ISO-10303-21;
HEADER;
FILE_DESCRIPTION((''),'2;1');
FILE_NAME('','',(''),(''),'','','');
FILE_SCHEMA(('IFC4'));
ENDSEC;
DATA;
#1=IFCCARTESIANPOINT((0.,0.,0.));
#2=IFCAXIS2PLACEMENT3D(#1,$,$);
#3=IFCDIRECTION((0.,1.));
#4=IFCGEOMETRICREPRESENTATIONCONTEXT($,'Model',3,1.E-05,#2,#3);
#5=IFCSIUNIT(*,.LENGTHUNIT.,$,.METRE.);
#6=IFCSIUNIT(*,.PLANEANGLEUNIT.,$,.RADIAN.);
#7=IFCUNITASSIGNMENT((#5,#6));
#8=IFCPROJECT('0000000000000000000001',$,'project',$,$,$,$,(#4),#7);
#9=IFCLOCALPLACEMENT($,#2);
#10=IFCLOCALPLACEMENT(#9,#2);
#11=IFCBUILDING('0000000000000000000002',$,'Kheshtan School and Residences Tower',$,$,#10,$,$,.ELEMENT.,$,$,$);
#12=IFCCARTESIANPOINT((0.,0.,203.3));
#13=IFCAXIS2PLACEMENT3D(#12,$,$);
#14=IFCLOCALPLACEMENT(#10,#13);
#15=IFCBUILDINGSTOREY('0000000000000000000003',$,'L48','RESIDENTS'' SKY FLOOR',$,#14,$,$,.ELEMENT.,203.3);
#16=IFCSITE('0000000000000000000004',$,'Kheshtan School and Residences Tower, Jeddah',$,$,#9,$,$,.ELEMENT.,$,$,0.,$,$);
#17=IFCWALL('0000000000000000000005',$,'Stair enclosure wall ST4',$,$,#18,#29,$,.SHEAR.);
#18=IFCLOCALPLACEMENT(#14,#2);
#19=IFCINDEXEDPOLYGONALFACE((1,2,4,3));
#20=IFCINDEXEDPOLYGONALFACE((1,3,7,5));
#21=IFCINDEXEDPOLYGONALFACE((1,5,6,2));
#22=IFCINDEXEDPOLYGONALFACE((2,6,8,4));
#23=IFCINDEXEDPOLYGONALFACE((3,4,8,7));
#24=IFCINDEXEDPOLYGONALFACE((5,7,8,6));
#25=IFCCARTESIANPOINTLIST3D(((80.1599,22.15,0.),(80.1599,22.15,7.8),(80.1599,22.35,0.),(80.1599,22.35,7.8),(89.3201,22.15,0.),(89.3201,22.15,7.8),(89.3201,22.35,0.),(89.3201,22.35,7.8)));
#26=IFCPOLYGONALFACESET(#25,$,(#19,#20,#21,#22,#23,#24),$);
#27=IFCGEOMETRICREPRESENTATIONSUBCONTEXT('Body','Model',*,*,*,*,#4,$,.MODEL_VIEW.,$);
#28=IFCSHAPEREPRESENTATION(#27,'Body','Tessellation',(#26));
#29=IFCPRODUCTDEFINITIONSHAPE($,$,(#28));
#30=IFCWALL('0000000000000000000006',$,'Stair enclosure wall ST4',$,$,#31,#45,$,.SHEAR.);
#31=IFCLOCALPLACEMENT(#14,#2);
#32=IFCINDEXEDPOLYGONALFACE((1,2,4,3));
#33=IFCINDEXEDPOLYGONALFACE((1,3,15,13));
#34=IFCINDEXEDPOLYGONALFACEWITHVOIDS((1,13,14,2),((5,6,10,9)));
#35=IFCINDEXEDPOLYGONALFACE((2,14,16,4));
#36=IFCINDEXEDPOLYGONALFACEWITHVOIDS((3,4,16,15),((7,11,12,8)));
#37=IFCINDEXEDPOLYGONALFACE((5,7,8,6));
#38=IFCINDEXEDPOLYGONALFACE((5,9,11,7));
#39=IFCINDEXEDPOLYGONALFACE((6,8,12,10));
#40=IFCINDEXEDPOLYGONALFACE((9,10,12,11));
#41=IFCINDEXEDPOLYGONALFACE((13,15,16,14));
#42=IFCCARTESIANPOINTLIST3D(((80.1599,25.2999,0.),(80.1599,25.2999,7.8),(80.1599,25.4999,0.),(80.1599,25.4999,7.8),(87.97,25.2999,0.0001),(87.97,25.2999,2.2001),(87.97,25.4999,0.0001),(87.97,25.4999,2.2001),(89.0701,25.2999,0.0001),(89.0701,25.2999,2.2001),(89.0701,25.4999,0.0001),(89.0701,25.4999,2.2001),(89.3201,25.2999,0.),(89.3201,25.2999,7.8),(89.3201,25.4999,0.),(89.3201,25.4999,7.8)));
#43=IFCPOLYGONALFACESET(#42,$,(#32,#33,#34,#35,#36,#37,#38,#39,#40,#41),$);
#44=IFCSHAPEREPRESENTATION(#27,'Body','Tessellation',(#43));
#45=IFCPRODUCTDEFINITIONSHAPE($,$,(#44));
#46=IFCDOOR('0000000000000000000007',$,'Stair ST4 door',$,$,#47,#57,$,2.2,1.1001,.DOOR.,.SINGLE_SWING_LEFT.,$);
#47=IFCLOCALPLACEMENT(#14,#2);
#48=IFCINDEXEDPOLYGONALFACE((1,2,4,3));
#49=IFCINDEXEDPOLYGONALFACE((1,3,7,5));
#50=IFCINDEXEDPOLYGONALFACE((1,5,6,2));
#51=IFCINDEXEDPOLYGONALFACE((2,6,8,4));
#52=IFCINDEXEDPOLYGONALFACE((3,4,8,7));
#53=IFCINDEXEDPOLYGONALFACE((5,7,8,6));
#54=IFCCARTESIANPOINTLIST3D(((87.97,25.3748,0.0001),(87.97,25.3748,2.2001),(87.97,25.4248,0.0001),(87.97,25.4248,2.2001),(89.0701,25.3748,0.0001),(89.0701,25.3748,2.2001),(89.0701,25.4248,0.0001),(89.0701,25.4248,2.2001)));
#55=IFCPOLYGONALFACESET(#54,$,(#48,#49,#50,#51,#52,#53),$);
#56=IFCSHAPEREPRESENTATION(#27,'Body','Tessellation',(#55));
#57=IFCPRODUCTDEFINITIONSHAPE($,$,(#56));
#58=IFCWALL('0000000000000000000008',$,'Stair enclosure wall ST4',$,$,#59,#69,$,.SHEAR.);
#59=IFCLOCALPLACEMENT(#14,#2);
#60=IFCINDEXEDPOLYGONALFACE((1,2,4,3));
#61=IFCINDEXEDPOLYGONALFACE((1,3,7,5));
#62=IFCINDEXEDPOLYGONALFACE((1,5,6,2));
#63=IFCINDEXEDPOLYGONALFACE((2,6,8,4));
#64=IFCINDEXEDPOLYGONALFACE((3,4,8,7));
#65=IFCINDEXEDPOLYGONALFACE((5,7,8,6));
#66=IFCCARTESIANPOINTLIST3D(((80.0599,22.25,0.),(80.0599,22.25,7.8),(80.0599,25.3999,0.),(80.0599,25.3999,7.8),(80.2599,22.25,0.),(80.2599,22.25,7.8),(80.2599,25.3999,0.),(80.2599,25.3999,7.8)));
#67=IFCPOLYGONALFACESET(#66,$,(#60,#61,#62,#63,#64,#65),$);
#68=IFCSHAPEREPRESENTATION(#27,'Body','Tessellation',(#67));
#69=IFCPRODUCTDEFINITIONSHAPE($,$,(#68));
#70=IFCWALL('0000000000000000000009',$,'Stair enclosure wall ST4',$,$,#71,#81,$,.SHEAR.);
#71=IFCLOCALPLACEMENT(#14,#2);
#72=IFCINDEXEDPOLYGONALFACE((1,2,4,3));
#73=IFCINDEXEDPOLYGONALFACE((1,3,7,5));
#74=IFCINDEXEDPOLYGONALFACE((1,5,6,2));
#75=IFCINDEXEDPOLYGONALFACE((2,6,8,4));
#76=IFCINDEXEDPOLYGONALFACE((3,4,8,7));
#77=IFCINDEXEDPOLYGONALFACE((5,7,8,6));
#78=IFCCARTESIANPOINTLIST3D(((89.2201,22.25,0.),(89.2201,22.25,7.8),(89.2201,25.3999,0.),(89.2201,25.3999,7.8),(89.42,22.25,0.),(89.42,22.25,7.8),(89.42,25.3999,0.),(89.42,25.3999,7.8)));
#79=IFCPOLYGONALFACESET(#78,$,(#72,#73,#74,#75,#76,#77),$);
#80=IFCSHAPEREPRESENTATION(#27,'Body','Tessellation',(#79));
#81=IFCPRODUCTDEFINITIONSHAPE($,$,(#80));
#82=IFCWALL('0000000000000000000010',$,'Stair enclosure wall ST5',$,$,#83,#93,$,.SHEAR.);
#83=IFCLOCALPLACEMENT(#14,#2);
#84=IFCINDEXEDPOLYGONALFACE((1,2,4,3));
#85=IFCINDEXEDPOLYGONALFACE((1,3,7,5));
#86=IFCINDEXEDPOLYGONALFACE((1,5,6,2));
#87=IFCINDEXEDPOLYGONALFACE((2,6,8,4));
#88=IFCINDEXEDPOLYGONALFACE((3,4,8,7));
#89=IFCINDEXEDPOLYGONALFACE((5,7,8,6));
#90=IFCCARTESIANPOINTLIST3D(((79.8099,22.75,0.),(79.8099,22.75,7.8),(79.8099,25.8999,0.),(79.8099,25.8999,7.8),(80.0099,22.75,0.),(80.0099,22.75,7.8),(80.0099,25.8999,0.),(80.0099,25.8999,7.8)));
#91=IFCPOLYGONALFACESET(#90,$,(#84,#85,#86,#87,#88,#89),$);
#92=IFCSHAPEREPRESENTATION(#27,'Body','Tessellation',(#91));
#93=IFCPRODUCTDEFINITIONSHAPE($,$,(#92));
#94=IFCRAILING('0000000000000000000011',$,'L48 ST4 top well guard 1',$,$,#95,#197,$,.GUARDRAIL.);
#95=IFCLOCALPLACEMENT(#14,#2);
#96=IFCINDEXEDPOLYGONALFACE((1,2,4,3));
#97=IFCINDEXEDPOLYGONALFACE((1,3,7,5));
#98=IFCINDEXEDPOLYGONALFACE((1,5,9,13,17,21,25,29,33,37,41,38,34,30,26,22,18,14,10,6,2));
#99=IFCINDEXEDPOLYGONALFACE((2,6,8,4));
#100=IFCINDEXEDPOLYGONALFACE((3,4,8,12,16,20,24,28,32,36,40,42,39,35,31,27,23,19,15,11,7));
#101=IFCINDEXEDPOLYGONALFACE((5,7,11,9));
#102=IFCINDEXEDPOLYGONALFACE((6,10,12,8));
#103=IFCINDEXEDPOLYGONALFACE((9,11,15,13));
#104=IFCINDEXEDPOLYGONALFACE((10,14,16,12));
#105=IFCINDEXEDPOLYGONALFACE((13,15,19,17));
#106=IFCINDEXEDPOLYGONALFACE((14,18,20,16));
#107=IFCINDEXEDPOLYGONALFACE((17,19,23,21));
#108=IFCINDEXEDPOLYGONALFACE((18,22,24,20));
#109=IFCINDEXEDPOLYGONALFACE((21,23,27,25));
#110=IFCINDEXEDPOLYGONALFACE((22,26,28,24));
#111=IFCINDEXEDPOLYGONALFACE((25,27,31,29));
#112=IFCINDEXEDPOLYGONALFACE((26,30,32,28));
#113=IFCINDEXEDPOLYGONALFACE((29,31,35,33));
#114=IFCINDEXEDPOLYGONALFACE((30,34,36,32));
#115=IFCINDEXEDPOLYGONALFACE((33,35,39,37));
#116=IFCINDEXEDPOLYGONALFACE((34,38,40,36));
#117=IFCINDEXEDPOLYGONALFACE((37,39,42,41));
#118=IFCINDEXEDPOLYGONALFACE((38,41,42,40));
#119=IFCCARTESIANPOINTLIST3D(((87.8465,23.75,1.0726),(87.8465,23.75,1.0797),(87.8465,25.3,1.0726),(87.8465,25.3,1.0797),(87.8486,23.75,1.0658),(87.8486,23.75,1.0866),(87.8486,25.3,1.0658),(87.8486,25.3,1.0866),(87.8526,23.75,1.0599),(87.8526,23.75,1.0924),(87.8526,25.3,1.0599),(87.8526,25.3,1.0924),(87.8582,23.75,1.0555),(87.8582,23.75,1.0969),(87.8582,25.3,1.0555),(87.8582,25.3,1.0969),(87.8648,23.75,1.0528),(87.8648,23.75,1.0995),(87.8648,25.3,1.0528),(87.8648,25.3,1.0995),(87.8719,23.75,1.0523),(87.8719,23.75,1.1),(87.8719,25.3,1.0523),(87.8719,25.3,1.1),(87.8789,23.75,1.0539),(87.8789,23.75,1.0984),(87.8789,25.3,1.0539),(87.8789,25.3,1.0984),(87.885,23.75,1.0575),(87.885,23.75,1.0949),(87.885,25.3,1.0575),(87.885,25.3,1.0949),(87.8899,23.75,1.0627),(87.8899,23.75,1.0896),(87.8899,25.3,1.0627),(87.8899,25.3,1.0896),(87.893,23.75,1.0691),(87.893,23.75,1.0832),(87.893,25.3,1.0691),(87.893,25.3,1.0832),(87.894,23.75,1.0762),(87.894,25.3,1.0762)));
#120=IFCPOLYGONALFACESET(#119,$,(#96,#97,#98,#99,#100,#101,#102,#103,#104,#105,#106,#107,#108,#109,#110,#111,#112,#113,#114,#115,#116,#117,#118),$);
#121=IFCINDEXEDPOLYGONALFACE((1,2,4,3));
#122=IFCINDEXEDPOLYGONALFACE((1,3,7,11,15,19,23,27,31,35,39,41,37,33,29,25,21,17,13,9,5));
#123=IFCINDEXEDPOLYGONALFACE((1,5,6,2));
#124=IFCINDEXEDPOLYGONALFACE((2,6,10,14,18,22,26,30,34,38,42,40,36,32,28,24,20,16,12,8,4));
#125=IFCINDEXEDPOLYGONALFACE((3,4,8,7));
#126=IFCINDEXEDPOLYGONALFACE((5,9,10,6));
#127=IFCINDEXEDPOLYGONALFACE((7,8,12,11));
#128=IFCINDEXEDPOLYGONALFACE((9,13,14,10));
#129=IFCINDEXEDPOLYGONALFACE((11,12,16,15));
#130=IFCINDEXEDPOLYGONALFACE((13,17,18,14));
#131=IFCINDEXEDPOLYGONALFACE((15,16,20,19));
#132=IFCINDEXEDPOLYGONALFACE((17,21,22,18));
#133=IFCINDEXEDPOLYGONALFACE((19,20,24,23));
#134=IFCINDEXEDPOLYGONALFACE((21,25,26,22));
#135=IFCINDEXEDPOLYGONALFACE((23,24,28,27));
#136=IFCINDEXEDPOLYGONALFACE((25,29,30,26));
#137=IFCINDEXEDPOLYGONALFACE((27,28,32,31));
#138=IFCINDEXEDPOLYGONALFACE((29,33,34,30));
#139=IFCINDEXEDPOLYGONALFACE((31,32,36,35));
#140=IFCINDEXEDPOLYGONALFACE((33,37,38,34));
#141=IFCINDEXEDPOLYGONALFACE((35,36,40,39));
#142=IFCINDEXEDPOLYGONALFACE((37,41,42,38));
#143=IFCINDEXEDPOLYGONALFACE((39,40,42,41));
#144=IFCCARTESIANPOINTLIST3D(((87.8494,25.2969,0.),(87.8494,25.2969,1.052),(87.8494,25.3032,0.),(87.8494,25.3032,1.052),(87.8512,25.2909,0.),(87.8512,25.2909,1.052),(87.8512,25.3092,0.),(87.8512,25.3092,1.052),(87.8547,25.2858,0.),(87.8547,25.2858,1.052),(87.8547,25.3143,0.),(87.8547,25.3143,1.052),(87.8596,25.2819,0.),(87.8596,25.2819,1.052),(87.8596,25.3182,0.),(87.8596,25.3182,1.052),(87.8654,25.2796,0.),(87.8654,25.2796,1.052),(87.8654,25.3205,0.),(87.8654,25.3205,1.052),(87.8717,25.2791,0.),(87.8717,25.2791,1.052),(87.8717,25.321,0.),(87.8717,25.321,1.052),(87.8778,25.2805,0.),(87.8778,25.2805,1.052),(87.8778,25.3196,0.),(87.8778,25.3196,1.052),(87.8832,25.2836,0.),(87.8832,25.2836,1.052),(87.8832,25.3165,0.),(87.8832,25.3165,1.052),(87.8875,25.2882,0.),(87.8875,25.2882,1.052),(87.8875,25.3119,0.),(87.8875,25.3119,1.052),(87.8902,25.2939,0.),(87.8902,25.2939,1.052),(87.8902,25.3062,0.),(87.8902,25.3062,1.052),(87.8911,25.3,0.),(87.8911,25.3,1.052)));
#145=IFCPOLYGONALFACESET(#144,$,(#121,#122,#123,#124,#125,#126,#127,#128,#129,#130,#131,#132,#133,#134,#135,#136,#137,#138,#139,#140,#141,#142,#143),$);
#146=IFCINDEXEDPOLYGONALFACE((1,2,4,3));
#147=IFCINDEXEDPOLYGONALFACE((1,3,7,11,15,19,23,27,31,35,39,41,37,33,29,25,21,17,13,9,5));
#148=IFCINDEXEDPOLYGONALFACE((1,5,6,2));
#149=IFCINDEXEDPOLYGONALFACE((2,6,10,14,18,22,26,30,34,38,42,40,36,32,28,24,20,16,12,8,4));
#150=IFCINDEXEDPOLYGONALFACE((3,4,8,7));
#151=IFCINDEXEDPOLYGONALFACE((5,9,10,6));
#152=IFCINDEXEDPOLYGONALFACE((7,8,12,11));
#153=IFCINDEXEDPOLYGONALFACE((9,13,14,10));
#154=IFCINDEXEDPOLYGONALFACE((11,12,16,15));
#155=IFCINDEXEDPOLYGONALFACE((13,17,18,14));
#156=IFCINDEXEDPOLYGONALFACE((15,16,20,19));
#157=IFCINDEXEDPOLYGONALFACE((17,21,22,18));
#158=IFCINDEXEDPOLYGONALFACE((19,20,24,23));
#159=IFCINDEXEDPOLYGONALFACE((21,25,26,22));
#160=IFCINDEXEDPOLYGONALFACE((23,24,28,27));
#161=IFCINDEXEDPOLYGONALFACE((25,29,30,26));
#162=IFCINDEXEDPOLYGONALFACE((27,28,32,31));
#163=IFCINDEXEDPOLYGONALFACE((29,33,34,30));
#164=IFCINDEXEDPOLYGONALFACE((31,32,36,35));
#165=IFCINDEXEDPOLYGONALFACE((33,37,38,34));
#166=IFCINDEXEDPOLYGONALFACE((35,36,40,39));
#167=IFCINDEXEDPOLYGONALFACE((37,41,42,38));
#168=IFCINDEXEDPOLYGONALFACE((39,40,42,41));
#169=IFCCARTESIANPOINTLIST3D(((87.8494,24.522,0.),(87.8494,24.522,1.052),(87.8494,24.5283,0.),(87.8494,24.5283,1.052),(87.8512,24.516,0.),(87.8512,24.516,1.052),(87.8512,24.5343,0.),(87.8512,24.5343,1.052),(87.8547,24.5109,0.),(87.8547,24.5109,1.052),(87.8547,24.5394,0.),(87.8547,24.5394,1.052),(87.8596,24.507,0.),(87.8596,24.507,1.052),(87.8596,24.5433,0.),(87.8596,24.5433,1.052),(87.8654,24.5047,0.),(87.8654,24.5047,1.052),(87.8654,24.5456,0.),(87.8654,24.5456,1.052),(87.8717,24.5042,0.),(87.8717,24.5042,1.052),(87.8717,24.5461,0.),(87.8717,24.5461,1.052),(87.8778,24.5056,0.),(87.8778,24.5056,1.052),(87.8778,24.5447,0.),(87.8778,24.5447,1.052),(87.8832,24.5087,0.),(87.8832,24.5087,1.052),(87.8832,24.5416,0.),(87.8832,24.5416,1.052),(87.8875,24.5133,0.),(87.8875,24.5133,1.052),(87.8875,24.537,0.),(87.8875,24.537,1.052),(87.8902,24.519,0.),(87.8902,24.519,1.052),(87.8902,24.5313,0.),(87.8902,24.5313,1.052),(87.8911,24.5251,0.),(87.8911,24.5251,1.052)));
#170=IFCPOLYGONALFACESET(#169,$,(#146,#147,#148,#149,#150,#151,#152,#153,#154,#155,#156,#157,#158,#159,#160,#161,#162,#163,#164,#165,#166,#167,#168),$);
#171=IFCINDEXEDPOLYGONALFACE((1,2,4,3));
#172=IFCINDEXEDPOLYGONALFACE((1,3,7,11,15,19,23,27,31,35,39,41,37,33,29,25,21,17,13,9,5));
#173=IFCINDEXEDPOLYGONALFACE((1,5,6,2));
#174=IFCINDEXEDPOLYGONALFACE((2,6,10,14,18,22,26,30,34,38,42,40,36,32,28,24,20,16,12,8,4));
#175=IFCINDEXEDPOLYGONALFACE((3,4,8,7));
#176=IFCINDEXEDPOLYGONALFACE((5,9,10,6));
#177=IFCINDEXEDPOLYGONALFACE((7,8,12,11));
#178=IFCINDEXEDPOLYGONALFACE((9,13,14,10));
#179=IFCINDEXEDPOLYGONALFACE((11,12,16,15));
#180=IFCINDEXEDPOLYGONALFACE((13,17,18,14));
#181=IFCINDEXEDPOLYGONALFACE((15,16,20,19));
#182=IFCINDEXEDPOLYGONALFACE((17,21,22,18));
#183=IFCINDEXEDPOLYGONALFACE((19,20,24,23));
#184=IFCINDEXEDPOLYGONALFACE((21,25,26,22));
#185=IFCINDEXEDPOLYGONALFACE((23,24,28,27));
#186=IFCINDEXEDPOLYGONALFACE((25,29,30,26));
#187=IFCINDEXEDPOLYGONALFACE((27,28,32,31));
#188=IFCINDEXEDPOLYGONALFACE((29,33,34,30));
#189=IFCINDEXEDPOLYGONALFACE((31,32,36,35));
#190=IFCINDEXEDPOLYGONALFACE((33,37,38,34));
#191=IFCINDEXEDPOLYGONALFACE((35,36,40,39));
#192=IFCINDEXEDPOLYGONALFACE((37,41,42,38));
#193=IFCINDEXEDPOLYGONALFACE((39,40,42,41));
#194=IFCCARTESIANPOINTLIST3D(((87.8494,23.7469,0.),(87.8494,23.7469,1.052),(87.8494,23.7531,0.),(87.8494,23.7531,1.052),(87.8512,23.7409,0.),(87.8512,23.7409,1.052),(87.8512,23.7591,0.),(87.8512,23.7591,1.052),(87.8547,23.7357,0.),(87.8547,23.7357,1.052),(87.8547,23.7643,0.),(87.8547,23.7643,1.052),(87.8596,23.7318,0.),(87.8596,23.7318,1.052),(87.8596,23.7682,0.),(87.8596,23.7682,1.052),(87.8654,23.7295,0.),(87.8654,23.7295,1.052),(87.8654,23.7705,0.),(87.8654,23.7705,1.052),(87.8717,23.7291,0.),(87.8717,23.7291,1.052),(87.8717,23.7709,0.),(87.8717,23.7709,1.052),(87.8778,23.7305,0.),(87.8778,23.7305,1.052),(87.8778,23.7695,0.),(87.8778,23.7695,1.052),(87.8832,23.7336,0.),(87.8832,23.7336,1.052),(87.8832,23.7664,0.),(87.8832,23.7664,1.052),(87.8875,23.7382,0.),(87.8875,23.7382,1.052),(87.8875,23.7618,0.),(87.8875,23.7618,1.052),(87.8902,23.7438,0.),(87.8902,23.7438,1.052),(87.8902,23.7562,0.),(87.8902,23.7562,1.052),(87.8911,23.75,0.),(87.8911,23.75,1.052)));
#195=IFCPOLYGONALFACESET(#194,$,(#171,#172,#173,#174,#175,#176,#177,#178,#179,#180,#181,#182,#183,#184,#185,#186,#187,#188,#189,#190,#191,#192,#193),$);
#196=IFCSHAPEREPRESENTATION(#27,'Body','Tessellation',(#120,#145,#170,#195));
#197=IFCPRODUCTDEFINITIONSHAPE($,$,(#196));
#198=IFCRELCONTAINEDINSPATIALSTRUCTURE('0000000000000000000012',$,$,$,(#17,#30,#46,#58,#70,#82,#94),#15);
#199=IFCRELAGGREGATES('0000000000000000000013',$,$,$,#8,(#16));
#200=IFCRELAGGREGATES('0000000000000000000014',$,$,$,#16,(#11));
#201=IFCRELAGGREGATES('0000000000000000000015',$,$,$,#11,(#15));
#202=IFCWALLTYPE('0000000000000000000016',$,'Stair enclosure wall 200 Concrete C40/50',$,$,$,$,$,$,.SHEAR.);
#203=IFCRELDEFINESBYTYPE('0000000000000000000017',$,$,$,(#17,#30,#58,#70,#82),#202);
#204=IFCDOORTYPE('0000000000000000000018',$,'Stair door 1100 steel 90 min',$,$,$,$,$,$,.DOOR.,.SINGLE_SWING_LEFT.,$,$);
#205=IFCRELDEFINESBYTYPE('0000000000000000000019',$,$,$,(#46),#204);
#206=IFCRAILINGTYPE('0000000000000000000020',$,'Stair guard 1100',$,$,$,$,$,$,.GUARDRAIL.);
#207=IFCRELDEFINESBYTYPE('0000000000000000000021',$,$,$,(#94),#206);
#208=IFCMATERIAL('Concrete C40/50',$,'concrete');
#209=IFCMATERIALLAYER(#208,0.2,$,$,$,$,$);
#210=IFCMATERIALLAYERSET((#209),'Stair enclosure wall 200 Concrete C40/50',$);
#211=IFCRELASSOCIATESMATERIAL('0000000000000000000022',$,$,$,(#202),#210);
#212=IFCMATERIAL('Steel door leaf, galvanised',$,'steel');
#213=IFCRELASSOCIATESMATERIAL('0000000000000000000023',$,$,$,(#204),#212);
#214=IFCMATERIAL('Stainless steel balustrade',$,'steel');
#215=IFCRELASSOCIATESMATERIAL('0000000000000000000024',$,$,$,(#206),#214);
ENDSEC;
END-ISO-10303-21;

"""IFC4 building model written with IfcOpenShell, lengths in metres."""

from ifc_helpers import new_model, si_unit, direction, frame, frame_2d, origin, origin_2d, place, context, subcontext, project, spatial, rectangle, circle, extrude, source, transform, mapped, material, layer, layer_set, type_object, element, fill, save


model = new_model("IFC4")

# Units and contexts
model_context = context("Model", 3, precision=1e-05, world=origin(), true_north=direction((0.0, 1.0)))
body_context = subcontext(model_context, "Body", "Model", "MODEL_VIEW")
ifc_project = project(units=[si_unit("LENGTHUNIT", "METRE"), si_unit("PLANEANGLEUNIT", "RADIAN")], contexts=[model_context])

# Site, building, storey
site_placement = place(None, origin())
site = spatial("IfcSite", under=ifc_project, at=site_placement, Name="Kheshtan School and Residences Tower, Jeddah", CompositionType="ELEMENT", RefElevation=0.0)
building_placement = place(site_placement, origin())
building = spatial("IfcBuilding", under=site, at=building_placement, Name="Kheshtan School and Residences Tower", CompositionType="ELEMENT")
storey_placement = place(building_placement, frame((0.0, 0.0, 203.3)))
storey = spatial("IfcBuildingStorey", under=building, at=storey_placement, Name="L48", Description="RESIDENTS' SKY FLOOR", CompositionType="ELEMENT", Elevation=203.3)

# Shared definitions
ifc_material_1 = material(Name="Steel door leaf, galvanised", Category="steel")

# Wall
ifc_material_2 = material(Name="Concrete C40/50", Category="concrete")
ifc_layer_1 = layer(ifc_material_2, 0.2)
ifc_layer_set_1 = layer_set([ifc_layer_1], Name="Stair enclosure wall 200 Concrete C40/50")
wall_type_1 = type_object("IfcWallType", Name="Stair enclosure wall 200 Concrete C40/50", PredefinedType="SHEAR", material=ifc_layer_set_1)
wall_1_placement = place(storey_placement, frame((80.1599, 22.25, 0.0), z_axis=(0.0, 0.0, 1.0), x_axis=(1.0, 0.0, 0.0)))
element("IfcWall", 1, at=wall_1_placement, inside=storey, type_object=wall_type_1, Name="Stair enclosure wall ST4", PredefinedType="SHEAR", context=body_context, shape_type="SweptSolid", body=[
    extrude(rectangle(XDim=9.1602, YDim=0.2, at=frame_2d((4.5801, 0.0))), origin(), (0.0, 0.0, 1.0), 7.8),
])

# Wall, opening, door
wall_2_placement = place(storey_placement, frame((80.1599, 25.3999, 0.0), z_axis=(0.0, 0.0, 1.0), x_axis=(1.0, 0.0, 0.0)))
wall_2 = element("IfcWall", 2, at=wall_2_placement, inside=storey, type_object=wall_type_1, Name="Stair enclosure wall ST4", PredefinedType="SHEAR", context=body_context, shape_type="SweptSolid", body=[
    extrude(rectangle(XDim=9.1602, YDim=0.2, at=frame_2d((4.5801, 0.0))), origin(), (0.0, 0.0, 1.0), 7.8),
])
opening_1_placement = place(wall_2_placement, frame((7.8101, 0.0, 0.0)))
opening_1 = element("IfcOpeningElement", 3, at=opening_1_placement, cuts=wall_2, PredefinedType="OPENING", context=body_context, shape_type="SweptSolid", body=[
    extrude(rectangle(XDim=1.1001, YDim=2.2, at=frame_2d((0.55, 1.1001))), frame((0.0, 0.1099, 0.0), z_axis=(0.0, -1.0, 0.0), x_axis=(1.0, 0.0, 0.0)), (0.0, 0.0, 1.0), 0.22),
])
door_type_1 = type_object("IfcDoorType", Name="Stair door 1100 steel 90 min", OperationType="SINGLE_SWING_LEFT", PredefinedType="DOOR", material=ifc_material_1)
shared_shape_1 = source(origin(), body_context, "Body", "SweptSolid", [
    extrude(rectangle(XDim=1.1001, YDim=2.2, at=frame_2d((0.55, 1.1001))), frame((0.0, 0.0249, 0.0), z_axis=(0.0, -1.0, 0.0), x_axis=(1.0, 0.0, 0.0)), (0.0, 0.0, 1.0), 0.05),
])
door_1_placement = place(opening_1_placement, origin())
door_1 = element("IfcDoor", 4, at=door_1_placement, inside=storey, type_object=door_type_1, Name="Stair ST4 door", OperationType="SINGLE_SWING_LEFT", OverallHeight=2.2, OverallWidth=1.1001, PredefinedType="DOOR", context=body_context, shape_type="MappedRepresentation", body=[
    mapped(shared_shape_1, transform((0.0, 0.0, 0.0), x_axis=(1.0, 0.0, 0.0), y_axis=(0.0, 1.0, 0.0), z_axis=(0.0, 0.0, 1.0), scale=1.0)),
])
fill(opening_1, door_1)

# Walls
for number, where, z_axis, x_axis, name in (
    (5, (80.1599, 22.25, 0.0), (0.0, 0.0, 1.0), (0.0, 1.0, 0.0), "Stair enclosure wall ST4"),
    (6, (89.3201, 22.25, 0.0), (0.0, 0.0, 1.0), (0.0, 1.0, 0.0), "Stair enclosure wall ST4"),
    (7, (79.9099, 22.75, 0.0), (0.0, 0.0, 1.0), (0.0, 1.0, 0.0), "Stair enclosure wall ST5"),
):
    element("IfcWall", number, at=place(storey_placement, frame(where, z_axis=z_axis, x_axis=x_axis)), inside=storey, type_object=wall_type_1, Name=name, PredefinedType="SHEAR", context=body_context, shape_type="SweptSolid", body=[
        extrude(rectangle(XDim=3.1499, YDim=0.2, at=frame_2d((1.575, 0.0))), origin(), (0.0, 0.0, 1.0), 7.8),
    ])

# Railing
ifc_material_3 = material(Name="Stainless steel balustrade", Category="steel")
railing_type_1 = type_object("IfcRailingType", Name="Stair guard 1100", PredefinedType="GUARDRAIL", material=ifc_material_3)
railing_1_placement = place(storey_placement, frame((87.8701, 25.3, 0.0)))
element("IfcRailing", 8, at=railing_1_placement, inside=storey, type_object=railing_type_1, Name="L48 ST4 top well guard 1", PredefinedType="GUARDRAIL", context=body_context, shape_type="SweptSolid", body=[
    extrude(circle(Radius=0.0239, at=origin_2d()), frame((0.0, 0.0, 1.0762), z_axis=(0.0, -1.0, 0.0), x_axis=(1.0, 0.0, 0.0)), (0.0, 0.0, 1.0), 1.55),
    extrude(circle(Radius=0.021, at=origin_2d()), origin(), (0.0, 0.0, 1.0), 1.052),
    extrude(circle(Radius=0.021, at=origin_2d()), frame((0.0, -0.7749, 0.0)), (0.0, 0.0, 1.0), 1.052),
    extrude(circle(Radius=0.021, at=origin_2d()), frame((0.0, -1.55, 0.0)), (0.0, 0.0, 1.0), 1.052),
])

save(model, "model.ifc")
